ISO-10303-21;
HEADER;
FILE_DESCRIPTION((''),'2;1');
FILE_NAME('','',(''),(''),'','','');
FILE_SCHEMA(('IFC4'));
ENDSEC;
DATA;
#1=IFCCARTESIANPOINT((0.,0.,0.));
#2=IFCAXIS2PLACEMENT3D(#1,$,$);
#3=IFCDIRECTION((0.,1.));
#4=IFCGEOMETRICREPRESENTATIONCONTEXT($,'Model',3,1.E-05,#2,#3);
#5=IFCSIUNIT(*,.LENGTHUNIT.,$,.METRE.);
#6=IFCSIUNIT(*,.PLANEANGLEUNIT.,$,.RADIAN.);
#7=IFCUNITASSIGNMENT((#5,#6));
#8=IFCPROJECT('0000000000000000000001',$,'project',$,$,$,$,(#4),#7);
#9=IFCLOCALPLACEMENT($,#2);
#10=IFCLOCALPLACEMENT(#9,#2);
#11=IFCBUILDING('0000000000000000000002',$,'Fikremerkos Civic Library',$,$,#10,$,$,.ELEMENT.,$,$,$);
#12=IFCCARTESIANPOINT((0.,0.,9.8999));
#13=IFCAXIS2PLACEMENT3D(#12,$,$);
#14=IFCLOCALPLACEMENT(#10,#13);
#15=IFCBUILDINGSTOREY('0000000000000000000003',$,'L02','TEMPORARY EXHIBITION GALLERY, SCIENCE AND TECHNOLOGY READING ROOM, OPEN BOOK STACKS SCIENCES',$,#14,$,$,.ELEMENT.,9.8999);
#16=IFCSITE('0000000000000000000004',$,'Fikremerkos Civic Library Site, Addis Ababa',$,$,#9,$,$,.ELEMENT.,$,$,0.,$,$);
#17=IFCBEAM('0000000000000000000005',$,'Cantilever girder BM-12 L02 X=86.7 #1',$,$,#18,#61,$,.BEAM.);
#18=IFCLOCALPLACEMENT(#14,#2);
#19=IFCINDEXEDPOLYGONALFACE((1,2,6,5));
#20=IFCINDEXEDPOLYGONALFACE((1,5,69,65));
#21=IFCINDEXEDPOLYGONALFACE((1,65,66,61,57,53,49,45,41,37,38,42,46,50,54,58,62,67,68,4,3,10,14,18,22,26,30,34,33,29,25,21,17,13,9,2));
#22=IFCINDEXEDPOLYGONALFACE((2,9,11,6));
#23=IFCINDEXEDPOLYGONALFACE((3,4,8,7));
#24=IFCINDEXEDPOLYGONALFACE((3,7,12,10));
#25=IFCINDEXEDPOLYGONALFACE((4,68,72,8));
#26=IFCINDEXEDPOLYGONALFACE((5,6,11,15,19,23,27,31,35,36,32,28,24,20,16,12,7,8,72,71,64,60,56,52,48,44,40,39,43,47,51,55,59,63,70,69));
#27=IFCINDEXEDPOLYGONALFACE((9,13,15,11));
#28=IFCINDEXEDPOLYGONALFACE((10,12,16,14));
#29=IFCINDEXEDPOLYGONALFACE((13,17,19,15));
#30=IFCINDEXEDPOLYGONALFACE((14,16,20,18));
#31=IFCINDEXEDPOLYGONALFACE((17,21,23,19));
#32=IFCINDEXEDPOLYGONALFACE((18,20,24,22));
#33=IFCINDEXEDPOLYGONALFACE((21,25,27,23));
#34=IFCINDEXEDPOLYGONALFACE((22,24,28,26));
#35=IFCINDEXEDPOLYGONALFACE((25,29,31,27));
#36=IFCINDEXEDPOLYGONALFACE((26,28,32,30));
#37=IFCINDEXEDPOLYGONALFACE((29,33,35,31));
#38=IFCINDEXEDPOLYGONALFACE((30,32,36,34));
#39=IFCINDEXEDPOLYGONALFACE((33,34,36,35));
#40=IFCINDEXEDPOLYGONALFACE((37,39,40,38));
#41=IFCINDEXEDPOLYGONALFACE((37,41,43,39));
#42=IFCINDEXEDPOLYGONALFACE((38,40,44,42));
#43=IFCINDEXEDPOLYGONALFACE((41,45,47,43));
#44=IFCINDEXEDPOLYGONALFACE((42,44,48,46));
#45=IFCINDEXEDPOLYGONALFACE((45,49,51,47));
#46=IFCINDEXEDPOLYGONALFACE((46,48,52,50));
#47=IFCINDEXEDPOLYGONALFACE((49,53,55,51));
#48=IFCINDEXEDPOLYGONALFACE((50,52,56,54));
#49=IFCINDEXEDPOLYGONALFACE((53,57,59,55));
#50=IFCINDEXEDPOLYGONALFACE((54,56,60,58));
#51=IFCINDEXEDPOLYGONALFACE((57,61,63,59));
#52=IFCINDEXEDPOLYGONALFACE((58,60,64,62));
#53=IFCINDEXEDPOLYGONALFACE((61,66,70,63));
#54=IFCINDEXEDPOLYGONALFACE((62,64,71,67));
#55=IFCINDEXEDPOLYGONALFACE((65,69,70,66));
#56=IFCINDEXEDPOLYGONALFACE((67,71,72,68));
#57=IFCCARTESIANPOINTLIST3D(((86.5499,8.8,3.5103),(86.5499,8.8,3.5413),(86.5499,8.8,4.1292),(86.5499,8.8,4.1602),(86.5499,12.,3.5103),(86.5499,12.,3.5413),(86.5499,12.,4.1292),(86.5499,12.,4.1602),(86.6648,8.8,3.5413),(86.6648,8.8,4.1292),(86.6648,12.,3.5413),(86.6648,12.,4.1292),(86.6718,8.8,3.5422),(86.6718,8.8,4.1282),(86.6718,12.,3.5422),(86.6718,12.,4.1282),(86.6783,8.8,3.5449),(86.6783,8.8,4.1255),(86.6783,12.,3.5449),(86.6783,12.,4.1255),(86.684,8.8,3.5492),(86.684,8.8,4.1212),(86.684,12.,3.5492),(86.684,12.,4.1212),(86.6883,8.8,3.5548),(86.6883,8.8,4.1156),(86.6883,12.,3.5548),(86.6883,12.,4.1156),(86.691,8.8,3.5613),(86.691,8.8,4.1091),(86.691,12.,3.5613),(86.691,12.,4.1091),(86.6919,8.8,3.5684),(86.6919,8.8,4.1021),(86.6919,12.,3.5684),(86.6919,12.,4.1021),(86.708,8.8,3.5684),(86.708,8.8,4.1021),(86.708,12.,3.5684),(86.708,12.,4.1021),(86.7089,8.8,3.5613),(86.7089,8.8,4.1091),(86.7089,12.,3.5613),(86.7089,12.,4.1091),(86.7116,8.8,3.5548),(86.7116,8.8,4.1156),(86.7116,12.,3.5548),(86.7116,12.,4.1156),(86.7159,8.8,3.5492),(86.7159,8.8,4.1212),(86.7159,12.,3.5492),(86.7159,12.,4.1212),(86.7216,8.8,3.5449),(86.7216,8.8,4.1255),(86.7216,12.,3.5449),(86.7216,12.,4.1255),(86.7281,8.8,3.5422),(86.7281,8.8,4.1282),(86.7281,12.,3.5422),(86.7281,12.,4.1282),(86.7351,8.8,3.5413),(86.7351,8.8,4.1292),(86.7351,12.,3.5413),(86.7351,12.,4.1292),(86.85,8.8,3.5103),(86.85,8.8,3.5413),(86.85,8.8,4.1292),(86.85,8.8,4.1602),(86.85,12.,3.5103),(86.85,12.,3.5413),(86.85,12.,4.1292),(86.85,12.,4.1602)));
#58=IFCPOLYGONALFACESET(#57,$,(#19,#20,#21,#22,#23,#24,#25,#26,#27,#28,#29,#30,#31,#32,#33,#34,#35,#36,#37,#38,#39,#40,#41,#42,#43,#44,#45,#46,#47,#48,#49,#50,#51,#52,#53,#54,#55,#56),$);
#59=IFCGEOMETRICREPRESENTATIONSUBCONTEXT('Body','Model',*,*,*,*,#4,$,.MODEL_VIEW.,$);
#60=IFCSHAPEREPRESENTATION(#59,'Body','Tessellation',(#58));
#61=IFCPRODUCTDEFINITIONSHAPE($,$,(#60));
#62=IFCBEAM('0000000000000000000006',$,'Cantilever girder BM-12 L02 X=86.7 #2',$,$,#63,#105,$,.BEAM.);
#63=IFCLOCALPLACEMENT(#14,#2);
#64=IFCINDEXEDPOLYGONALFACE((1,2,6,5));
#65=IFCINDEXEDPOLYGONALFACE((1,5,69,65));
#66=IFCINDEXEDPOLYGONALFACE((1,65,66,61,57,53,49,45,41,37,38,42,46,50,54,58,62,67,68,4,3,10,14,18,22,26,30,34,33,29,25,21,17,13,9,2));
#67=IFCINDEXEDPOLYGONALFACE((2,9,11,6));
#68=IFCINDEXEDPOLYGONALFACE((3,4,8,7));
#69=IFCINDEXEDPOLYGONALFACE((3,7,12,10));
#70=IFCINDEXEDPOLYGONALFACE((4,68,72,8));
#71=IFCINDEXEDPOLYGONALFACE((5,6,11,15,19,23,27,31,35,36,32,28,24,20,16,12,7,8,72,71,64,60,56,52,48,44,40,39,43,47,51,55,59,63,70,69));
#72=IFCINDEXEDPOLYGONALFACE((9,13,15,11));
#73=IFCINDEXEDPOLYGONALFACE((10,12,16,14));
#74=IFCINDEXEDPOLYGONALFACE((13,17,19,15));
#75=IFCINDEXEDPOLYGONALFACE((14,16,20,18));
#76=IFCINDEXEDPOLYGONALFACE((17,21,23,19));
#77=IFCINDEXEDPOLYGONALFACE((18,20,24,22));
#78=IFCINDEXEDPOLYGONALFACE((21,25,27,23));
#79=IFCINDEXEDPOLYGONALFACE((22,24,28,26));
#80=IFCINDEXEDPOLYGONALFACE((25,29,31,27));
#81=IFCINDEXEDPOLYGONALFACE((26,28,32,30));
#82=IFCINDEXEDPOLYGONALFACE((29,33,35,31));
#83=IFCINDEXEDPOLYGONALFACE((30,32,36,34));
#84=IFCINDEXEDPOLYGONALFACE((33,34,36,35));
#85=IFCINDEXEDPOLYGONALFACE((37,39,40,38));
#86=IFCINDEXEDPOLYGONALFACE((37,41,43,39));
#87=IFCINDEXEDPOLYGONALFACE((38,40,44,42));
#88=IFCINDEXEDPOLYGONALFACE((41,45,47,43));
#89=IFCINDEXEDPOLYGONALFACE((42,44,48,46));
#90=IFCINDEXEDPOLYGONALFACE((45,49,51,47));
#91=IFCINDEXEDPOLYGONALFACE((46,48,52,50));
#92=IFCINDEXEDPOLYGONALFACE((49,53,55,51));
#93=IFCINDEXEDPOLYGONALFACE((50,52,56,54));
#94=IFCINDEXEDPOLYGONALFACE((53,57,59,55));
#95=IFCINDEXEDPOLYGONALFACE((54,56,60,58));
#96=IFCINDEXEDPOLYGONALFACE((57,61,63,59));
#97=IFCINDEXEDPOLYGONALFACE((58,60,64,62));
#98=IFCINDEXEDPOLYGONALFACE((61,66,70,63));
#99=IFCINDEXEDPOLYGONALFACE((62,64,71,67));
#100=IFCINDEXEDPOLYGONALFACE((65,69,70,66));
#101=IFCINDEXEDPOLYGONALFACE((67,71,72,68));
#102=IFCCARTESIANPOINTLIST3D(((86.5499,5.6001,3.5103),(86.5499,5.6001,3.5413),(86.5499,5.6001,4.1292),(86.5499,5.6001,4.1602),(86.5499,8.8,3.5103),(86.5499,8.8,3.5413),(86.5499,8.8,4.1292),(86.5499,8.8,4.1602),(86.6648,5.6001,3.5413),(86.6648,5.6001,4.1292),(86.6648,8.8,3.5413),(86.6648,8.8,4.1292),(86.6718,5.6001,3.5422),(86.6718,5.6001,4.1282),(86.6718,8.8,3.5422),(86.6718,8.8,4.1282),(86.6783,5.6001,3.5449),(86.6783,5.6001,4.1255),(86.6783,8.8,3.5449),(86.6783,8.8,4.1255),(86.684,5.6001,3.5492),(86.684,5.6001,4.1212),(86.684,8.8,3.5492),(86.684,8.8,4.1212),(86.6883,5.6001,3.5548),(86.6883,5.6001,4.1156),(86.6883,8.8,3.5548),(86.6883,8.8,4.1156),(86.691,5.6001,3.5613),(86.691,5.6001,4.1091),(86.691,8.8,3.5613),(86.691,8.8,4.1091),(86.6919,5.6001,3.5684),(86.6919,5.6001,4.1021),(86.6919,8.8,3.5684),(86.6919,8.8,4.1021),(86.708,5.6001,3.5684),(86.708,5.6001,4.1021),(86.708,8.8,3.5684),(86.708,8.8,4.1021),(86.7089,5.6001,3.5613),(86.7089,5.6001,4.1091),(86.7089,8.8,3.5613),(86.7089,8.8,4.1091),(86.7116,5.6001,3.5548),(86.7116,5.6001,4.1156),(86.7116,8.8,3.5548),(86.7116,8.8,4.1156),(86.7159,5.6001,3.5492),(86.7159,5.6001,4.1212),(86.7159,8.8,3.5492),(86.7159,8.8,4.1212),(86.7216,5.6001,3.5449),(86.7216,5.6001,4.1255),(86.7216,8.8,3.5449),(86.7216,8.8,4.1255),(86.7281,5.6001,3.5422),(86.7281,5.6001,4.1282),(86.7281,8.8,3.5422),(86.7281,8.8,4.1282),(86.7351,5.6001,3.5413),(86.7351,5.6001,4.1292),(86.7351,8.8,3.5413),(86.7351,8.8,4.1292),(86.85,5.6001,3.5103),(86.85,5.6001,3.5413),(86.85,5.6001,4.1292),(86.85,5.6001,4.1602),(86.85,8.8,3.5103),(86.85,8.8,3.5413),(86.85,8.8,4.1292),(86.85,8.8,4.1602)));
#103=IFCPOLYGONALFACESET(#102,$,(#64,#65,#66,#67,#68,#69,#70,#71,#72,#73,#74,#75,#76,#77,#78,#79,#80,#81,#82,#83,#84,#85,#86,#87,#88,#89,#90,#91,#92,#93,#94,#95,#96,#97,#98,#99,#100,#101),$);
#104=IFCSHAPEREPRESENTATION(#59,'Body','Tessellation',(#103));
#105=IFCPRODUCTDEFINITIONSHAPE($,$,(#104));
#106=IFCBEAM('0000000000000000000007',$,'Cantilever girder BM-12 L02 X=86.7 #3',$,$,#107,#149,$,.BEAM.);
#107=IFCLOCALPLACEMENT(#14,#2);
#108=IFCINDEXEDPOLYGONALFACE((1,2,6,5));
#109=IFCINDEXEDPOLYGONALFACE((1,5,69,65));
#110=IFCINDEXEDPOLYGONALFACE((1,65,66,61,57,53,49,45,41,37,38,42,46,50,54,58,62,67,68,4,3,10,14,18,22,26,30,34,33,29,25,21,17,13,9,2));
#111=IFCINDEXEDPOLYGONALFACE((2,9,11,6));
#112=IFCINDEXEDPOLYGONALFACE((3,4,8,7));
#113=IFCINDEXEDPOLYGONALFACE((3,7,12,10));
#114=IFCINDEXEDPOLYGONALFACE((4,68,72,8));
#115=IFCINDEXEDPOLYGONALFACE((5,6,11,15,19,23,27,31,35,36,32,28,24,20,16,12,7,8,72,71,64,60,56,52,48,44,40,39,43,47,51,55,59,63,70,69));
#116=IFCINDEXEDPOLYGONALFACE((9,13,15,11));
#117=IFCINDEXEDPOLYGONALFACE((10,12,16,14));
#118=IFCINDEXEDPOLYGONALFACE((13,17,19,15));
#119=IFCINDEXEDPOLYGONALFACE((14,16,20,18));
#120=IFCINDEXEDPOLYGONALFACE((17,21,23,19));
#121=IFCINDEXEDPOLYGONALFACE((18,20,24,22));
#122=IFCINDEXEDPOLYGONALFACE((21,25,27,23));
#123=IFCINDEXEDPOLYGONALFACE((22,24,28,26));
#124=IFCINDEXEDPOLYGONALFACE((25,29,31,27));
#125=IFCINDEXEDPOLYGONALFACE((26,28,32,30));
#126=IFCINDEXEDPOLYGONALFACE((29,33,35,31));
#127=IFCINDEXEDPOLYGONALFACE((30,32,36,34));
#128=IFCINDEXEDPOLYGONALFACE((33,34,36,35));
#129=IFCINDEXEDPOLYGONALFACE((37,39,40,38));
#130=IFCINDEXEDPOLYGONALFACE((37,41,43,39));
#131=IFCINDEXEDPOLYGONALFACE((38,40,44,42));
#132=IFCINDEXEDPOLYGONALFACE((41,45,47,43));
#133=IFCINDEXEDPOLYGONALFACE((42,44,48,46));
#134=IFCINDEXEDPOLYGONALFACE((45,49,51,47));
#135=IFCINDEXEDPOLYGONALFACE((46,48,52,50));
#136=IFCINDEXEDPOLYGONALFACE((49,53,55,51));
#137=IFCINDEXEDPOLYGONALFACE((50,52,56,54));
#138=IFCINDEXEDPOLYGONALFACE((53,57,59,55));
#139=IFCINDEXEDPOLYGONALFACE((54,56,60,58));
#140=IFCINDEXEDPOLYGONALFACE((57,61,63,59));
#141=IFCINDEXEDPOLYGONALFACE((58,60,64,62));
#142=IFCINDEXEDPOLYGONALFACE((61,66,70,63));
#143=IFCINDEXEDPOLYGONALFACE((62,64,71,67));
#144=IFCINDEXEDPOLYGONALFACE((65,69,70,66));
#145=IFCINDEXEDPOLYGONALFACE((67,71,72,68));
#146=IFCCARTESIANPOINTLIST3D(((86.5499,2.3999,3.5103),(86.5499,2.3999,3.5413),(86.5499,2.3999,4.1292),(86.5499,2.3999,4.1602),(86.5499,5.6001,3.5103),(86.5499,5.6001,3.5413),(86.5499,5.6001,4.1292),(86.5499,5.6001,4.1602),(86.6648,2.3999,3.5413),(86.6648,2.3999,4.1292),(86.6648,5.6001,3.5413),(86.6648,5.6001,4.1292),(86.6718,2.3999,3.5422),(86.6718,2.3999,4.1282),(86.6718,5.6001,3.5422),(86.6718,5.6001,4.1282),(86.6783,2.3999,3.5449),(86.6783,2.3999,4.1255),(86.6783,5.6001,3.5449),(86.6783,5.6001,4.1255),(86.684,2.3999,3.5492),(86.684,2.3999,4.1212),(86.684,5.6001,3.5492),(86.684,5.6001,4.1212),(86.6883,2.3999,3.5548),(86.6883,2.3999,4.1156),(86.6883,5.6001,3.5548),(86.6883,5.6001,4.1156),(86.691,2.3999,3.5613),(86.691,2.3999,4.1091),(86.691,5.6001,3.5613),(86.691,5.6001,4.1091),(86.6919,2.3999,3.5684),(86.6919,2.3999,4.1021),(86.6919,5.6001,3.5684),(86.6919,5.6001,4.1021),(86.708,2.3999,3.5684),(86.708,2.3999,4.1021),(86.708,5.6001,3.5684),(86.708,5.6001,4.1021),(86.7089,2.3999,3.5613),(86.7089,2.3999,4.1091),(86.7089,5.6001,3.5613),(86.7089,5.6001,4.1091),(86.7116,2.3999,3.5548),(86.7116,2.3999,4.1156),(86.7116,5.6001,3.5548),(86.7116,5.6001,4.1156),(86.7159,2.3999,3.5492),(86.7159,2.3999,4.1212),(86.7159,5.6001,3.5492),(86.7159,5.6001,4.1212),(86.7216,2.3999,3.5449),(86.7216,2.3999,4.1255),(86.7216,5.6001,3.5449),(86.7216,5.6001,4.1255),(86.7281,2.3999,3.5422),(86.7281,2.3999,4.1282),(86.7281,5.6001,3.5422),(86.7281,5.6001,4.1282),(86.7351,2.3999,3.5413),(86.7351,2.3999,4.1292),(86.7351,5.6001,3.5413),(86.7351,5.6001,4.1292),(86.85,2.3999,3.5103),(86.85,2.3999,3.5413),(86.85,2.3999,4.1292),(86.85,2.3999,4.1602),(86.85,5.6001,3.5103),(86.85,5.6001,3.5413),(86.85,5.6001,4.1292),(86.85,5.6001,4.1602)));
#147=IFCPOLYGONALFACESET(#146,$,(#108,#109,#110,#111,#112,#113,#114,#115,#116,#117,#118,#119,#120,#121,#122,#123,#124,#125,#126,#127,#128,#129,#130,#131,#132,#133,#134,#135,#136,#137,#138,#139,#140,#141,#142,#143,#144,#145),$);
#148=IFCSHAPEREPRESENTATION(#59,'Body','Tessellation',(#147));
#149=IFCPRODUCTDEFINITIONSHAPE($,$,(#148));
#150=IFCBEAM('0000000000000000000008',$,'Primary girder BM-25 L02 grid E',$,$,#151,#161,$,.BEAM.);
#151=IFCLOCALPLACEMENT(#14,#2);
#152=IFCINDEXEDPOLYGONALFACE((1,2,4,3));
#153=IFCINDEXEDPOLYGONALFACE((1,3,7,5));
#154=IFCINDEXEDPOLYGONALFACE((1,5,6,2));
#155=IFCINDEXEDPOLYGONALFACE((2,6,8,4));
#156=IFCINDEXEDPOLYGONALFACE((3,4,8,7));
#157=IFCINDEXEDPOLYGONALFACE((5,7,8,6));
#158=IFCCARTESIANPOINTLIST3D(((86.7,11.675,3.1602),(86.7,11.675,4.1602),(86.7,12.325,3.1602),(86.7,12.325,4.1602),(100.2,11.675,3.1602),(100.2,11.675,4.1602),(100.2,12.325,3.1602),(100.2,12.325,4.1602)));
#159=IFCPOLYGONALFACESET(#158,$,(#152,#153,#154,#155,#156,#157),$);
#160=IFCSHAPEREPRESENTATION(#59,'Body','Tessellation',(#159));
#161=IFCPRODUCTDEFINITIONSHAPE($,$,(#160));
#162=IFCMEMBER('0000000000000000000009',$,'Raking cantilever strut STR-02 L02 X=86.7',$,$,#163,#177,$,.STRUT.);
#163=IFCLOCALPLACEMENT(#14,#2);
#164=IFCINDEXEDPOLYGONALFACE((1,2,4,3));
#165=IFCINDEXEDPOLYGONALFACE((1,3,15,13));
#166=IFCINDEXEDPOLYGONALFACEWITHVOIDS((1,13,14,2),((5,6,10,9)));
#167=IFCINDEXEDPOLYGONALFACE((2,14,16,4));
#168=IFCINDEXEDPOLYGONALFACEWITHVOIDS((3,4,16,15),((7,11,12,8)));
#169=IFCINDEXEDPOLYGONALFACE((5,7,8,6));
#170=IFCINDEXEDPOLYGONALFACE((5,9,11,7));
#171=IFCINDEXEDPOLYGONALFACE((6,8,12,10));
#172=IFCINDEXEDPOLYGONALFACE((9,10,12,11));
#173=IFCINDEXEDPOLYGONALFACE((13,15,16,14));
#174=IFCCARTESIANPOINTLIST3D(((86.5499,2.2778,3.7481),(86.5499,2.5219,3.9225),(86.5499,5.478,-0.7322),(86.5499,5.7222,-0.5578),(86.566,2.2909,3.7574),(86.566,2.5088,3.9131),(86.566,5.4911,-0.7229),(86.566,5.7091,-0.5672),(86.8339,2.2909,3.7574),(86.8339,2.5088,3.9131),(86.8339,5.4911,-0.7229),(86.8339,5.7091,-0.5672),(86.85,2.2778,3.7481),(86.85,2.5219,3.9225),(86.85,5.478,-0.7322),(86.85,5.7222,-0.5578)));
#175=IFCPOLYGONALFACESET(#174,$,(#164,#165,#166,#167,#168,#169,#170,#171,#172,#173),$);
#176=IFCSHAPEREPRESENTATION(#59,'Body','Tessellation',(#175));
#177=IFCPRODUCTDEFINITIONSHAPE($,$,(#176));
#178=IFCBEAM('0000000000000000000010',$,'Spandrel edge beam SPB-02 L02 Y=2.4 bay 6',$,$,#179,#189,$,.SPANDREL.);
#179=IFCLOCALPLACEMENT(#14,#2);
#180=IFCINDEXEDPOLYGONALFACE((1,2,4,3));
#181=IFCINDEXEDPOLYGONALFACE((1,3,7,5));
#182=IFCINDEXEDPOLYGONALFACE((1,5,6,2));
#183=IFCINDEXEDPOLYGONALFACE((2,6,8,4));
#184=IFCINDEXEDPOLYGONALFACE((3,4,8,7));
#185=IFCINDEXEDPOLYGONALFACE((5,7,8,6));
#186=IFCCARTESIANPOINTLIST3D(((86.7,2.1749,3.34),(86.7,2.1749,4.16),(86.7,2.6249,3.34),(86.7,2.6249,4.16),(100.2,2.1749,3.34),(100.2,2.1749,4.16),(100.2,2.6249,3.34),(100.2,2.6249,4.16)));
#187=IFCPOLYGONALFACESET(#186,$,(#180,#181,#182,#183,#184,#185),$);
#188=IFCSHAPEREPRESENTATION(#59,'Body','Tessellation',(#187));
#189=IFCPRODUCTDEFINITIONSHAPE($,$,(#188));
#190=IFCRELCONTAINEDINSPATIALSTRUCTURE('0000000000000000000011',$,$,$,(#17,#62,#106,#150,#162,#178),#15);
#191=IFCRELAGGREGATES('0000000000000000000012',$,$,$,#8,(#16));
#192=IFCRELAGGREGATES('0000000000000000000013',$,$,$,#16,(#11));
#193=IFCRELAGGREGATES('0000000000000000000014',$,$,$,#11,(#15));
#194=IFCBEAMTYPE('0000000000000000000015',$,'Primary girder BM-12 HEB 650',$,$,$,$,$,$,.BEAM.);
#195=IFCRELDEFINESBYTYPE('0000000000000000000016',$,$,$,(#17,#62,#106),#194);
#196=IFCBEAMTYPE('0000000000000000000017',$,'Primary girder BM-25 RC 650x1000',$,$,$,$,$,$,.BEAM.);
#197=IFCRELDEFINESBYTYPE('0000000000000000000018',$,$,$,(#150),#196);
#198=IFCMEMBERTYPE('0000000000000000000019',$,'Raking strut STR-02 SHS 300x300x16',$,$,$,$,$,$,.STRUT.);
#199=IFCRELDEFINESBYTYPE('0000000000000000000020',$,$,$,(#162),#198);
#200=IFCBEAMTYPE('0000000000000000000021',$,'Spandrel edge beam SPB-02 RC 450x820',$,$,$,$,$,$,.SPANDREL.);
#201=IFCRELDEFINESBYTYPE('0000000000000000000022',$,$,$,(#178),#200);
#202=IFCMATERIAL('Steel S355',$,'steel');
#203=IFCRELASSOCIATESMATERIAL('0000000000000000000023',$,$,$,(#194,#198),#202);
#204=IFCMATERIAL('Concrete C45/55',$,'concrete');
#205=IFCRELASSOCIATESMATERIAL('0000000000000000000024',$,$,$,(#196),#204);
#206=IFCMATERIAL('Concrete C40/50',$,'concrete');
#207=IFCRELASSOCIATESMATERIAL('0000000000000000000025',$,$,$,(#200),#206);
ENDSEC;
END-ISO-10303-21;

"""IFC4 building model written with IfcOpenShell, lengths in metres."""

from ifc_helpers import new_model, si_unit, direction, frame, origin, origin_2d, place, context, subcontext, project, spatial, rectangle, hollow_rectangle, i_section, extrude, material, material_profile, profile_set, type_object, element, save


model = new_model("IFC4")

# Units and contexts
model_context = context("Model", 3, precision=1e-05, world=origin(), true_north=direction((0.0, 1.0)))
body_context = subcontext(model_context, "Body", "Model", "MODEL_VIEW")
ifc_project = project(units=[si_unit("LENGTHUNIT", "METRE"), si_unit("PLANEANGLEUNIT", "RADIAN")], contexts=[model_context])

# Site, building, storey
site_placement = place(None, origin())
site = spatial("IfcSite", under=ifc_project, at=site_placement, Name="Fikremerkos Civic Library Site, Addis Ababa", CompositionType="ELEMENT", RefElevation=0.0)
building_placement = place(site_placement, origin())
building = spatial("IfcBuilding", under=site, at=building_placement, Name="Fikremerkos Civic Library", CompositionType="ELEMENT")
storey_placement = place(building_placement, frame((0.0, 0.0, 9.8999)))
storey = spatial("IfcBuildingStorey", under=building, at=storey_placement, Name="L02", Description="TEMPORARY EXHIBITION GALLERY, SCIENCE AND TECHNOLOGY READING ROOM, OPEN BOOK STACKS SCIENCES", CompositionType="ELEMENT", Elevation=9.8999)

# Shared definitions
ifc_material_1 = material(Name="Concrete C40/50", Category="concrete")
ifc_material_2 = material(Name="Steel S355", Category="steel")

# Beams
ifc_material_profile_1 = material_profile(ifc_material_2, i_section(OverallWidth=0.3, OverallDepth=0.6499, WebThickness=0.0161, FlangeThickness=0.031, FilletRadius=0.0271, at=origin_2d()), Name="HEB 650")
ifc_profile_set_1 = profile_set([ifc_material_profile_1], Name="Steel S355")
beam_type_1 = type_object("IfcBeamType", Name="Primary girder BM-12 HEB 650", PredefinedType="BEAM", material=ifc_profile_set_1)
for number, where, z_axis, x_axis, name in (
    (1, (86.7, 12.0, 3.8352), (0.0, -1.0, 0.0), (1.0, 0.0, 0.0), "Cantilever girder BM-12 L02 X=86.7 #1"),
    (2, (86.7, 8.8, 3.8352), (0.0, -1.0, 0.0), (1.0, 0.0, 0.0), "Cantilever girder BM-12 L02 X=86.7 #2"),
):
    element("IfcBeam", number, at=place(storey_placement, frame(where, z_axis=z_axis, x_axis=x_axis)), inside=storey, type_object=beam_type_1, Name=name, PredefinedType="BEAM", context=body_context, shape_type="SweptSolid", body=[
        extrude(i_section(OverallWidth=0.3, OverallDepth=0.6499, WebThickness=0.0161, FlangeThickness=0.031, FilletRadius=0.0271, at=origin_2d()), origin(), (0.0, 0.0, 1.0), 3.2),
    ])
beam_1_placement = place(storey_placement, frame((86.7, 5.6001, 3.8352), z_axis=(0.0, -1.0, 0.0), x_axis=(1.0, 0.0, 0.0)))
element("IfcBeam", 3, at=beam_1_placement, inside=storey, type_object=beam_type_1, Name="Cantilever girder BM-12 L02 X=86.7 #3", PredefinedType="BEAM", context=body_context, shape_type="SweptSolid", body=[
    extrude(i_section(OverallWidth=0.3, OverallDepth=0.6499, WebThickness=0.0161, FlangeThickness=0.031, FilletRadius=0.0271, at=origin_2d()), origin(), (0.0, 0.0, 1.0), 3.2002),
])
ifc_material_3 = material(Name="Concrete C45/55", Category="concrete")
ifc_material_profile_2 = material_profile(ifc_material_3, rectangle(XDim=0.6499, YDim=1.0, at=origin_2d()), Name="RC 650x1000")
ifc_profile_set_2 = profile_set([ifc_material_profile_2], Name="Concrete C45/55")
beam_type_2 = type_object("IfcBeamType", Name="Primary girder BM-25 RC 650x1000", PredefinedType="BEAM", material=ifc_profile_set_2)
beam_2_placement = place(storey_placement, frame((86.7, 12.0, 3.6602), z_axis=(1.0, 0.0, 0.0), x_axis=(0.0, 1.0, 0.0)))
element("IfcBeam", 4, at=beam_2_placement, inside=storey, type_object=beam_type_2, Name="Primary girder BM-25 L02 grid E", PredefinedType="BEAM", context=body_context, shape_type="SweptSolid", body=[
    extrude(rectangle(XDim=0.6499, YDim=1.0, at=origin_2d()), origin(), (0.0, 0.0, 1.0), 13.5),
])

# Member
ifc_material_profile_3 = material_profile(ifc_material_2, hollow_rectangle(XDim=0.3, YDim=0.3, WallThickness=0.0161, at=origin_2d()), Name="SHS 300x300x16")
ifc_profile_set_3 = profile_set([ifc_material_profile_3], Name="Steel S355")
member_type_1 = type_object("IfcMemberType", Name="Raking strut STR-02 SHS 300x300x16", PredefinedType="STRUT", material=ifc_profile_set_3)
member_placement = place(storey_placement, frame((86.7, 5.6001, -0.645), z_axis=(0.0, -0.581242, 0.81373), x_axis=(1.0, 0.0, 0.0)))
element("IfcMember", 5, at=member_placement, inside=storey, type_object=member_type_1, Name="Raking cantilever strut STR-02 L02 X=86.7", PredefinedType="STRUT", context=body_context, shape_type="SweptSolid", body=[
    extrude(hollow_rectangle(XDim=0.3, YDim=0.3, WallThickness=0.0161, at=origin_2d()), origin(), (0.0, 0.0, 1.0), 5.5059),
])

# Beam
ifc_material_profile_4 = material_profile(ifc_material_1, rectangle(XDim=0.45, YDim=0.8201, at=origin_2d()), Name="RC 450x820")
ifc_profile_set_4 = profile_set([ifc_material_profile_4], Name="Concrete C40/50")
beam_type_3 = type_object("IfcBeamType", Name="Spandrel edge beam SPB-02 RC 450x820", PredefinedType="SPANDREL", material=ifc_profile_set_4)
beam_3_placement = place(storey_placement, frame((86.7, 2.3999, 3.75), z_axis=(1.0, 0.0, 0.0), x_axis=(0.0, 1.0, 0.0)))
element("IfcBeam", 6, at=beam_3_placement, inside=storey, type_object=beam_type_3, Name="Spandrel edge beam SPB-02 L02 Y=2.4 bay 6", PredefinedType="SPANDREL", context=body_context, shape_type="SweptSolid", body=[
    extrude(rectangle(XDim=0.45, YDim=0.8201, at=origin_2d()), origin(), (0.0, 0.0, 1.0), 13.5),
])

save(model, "model.ifc")
